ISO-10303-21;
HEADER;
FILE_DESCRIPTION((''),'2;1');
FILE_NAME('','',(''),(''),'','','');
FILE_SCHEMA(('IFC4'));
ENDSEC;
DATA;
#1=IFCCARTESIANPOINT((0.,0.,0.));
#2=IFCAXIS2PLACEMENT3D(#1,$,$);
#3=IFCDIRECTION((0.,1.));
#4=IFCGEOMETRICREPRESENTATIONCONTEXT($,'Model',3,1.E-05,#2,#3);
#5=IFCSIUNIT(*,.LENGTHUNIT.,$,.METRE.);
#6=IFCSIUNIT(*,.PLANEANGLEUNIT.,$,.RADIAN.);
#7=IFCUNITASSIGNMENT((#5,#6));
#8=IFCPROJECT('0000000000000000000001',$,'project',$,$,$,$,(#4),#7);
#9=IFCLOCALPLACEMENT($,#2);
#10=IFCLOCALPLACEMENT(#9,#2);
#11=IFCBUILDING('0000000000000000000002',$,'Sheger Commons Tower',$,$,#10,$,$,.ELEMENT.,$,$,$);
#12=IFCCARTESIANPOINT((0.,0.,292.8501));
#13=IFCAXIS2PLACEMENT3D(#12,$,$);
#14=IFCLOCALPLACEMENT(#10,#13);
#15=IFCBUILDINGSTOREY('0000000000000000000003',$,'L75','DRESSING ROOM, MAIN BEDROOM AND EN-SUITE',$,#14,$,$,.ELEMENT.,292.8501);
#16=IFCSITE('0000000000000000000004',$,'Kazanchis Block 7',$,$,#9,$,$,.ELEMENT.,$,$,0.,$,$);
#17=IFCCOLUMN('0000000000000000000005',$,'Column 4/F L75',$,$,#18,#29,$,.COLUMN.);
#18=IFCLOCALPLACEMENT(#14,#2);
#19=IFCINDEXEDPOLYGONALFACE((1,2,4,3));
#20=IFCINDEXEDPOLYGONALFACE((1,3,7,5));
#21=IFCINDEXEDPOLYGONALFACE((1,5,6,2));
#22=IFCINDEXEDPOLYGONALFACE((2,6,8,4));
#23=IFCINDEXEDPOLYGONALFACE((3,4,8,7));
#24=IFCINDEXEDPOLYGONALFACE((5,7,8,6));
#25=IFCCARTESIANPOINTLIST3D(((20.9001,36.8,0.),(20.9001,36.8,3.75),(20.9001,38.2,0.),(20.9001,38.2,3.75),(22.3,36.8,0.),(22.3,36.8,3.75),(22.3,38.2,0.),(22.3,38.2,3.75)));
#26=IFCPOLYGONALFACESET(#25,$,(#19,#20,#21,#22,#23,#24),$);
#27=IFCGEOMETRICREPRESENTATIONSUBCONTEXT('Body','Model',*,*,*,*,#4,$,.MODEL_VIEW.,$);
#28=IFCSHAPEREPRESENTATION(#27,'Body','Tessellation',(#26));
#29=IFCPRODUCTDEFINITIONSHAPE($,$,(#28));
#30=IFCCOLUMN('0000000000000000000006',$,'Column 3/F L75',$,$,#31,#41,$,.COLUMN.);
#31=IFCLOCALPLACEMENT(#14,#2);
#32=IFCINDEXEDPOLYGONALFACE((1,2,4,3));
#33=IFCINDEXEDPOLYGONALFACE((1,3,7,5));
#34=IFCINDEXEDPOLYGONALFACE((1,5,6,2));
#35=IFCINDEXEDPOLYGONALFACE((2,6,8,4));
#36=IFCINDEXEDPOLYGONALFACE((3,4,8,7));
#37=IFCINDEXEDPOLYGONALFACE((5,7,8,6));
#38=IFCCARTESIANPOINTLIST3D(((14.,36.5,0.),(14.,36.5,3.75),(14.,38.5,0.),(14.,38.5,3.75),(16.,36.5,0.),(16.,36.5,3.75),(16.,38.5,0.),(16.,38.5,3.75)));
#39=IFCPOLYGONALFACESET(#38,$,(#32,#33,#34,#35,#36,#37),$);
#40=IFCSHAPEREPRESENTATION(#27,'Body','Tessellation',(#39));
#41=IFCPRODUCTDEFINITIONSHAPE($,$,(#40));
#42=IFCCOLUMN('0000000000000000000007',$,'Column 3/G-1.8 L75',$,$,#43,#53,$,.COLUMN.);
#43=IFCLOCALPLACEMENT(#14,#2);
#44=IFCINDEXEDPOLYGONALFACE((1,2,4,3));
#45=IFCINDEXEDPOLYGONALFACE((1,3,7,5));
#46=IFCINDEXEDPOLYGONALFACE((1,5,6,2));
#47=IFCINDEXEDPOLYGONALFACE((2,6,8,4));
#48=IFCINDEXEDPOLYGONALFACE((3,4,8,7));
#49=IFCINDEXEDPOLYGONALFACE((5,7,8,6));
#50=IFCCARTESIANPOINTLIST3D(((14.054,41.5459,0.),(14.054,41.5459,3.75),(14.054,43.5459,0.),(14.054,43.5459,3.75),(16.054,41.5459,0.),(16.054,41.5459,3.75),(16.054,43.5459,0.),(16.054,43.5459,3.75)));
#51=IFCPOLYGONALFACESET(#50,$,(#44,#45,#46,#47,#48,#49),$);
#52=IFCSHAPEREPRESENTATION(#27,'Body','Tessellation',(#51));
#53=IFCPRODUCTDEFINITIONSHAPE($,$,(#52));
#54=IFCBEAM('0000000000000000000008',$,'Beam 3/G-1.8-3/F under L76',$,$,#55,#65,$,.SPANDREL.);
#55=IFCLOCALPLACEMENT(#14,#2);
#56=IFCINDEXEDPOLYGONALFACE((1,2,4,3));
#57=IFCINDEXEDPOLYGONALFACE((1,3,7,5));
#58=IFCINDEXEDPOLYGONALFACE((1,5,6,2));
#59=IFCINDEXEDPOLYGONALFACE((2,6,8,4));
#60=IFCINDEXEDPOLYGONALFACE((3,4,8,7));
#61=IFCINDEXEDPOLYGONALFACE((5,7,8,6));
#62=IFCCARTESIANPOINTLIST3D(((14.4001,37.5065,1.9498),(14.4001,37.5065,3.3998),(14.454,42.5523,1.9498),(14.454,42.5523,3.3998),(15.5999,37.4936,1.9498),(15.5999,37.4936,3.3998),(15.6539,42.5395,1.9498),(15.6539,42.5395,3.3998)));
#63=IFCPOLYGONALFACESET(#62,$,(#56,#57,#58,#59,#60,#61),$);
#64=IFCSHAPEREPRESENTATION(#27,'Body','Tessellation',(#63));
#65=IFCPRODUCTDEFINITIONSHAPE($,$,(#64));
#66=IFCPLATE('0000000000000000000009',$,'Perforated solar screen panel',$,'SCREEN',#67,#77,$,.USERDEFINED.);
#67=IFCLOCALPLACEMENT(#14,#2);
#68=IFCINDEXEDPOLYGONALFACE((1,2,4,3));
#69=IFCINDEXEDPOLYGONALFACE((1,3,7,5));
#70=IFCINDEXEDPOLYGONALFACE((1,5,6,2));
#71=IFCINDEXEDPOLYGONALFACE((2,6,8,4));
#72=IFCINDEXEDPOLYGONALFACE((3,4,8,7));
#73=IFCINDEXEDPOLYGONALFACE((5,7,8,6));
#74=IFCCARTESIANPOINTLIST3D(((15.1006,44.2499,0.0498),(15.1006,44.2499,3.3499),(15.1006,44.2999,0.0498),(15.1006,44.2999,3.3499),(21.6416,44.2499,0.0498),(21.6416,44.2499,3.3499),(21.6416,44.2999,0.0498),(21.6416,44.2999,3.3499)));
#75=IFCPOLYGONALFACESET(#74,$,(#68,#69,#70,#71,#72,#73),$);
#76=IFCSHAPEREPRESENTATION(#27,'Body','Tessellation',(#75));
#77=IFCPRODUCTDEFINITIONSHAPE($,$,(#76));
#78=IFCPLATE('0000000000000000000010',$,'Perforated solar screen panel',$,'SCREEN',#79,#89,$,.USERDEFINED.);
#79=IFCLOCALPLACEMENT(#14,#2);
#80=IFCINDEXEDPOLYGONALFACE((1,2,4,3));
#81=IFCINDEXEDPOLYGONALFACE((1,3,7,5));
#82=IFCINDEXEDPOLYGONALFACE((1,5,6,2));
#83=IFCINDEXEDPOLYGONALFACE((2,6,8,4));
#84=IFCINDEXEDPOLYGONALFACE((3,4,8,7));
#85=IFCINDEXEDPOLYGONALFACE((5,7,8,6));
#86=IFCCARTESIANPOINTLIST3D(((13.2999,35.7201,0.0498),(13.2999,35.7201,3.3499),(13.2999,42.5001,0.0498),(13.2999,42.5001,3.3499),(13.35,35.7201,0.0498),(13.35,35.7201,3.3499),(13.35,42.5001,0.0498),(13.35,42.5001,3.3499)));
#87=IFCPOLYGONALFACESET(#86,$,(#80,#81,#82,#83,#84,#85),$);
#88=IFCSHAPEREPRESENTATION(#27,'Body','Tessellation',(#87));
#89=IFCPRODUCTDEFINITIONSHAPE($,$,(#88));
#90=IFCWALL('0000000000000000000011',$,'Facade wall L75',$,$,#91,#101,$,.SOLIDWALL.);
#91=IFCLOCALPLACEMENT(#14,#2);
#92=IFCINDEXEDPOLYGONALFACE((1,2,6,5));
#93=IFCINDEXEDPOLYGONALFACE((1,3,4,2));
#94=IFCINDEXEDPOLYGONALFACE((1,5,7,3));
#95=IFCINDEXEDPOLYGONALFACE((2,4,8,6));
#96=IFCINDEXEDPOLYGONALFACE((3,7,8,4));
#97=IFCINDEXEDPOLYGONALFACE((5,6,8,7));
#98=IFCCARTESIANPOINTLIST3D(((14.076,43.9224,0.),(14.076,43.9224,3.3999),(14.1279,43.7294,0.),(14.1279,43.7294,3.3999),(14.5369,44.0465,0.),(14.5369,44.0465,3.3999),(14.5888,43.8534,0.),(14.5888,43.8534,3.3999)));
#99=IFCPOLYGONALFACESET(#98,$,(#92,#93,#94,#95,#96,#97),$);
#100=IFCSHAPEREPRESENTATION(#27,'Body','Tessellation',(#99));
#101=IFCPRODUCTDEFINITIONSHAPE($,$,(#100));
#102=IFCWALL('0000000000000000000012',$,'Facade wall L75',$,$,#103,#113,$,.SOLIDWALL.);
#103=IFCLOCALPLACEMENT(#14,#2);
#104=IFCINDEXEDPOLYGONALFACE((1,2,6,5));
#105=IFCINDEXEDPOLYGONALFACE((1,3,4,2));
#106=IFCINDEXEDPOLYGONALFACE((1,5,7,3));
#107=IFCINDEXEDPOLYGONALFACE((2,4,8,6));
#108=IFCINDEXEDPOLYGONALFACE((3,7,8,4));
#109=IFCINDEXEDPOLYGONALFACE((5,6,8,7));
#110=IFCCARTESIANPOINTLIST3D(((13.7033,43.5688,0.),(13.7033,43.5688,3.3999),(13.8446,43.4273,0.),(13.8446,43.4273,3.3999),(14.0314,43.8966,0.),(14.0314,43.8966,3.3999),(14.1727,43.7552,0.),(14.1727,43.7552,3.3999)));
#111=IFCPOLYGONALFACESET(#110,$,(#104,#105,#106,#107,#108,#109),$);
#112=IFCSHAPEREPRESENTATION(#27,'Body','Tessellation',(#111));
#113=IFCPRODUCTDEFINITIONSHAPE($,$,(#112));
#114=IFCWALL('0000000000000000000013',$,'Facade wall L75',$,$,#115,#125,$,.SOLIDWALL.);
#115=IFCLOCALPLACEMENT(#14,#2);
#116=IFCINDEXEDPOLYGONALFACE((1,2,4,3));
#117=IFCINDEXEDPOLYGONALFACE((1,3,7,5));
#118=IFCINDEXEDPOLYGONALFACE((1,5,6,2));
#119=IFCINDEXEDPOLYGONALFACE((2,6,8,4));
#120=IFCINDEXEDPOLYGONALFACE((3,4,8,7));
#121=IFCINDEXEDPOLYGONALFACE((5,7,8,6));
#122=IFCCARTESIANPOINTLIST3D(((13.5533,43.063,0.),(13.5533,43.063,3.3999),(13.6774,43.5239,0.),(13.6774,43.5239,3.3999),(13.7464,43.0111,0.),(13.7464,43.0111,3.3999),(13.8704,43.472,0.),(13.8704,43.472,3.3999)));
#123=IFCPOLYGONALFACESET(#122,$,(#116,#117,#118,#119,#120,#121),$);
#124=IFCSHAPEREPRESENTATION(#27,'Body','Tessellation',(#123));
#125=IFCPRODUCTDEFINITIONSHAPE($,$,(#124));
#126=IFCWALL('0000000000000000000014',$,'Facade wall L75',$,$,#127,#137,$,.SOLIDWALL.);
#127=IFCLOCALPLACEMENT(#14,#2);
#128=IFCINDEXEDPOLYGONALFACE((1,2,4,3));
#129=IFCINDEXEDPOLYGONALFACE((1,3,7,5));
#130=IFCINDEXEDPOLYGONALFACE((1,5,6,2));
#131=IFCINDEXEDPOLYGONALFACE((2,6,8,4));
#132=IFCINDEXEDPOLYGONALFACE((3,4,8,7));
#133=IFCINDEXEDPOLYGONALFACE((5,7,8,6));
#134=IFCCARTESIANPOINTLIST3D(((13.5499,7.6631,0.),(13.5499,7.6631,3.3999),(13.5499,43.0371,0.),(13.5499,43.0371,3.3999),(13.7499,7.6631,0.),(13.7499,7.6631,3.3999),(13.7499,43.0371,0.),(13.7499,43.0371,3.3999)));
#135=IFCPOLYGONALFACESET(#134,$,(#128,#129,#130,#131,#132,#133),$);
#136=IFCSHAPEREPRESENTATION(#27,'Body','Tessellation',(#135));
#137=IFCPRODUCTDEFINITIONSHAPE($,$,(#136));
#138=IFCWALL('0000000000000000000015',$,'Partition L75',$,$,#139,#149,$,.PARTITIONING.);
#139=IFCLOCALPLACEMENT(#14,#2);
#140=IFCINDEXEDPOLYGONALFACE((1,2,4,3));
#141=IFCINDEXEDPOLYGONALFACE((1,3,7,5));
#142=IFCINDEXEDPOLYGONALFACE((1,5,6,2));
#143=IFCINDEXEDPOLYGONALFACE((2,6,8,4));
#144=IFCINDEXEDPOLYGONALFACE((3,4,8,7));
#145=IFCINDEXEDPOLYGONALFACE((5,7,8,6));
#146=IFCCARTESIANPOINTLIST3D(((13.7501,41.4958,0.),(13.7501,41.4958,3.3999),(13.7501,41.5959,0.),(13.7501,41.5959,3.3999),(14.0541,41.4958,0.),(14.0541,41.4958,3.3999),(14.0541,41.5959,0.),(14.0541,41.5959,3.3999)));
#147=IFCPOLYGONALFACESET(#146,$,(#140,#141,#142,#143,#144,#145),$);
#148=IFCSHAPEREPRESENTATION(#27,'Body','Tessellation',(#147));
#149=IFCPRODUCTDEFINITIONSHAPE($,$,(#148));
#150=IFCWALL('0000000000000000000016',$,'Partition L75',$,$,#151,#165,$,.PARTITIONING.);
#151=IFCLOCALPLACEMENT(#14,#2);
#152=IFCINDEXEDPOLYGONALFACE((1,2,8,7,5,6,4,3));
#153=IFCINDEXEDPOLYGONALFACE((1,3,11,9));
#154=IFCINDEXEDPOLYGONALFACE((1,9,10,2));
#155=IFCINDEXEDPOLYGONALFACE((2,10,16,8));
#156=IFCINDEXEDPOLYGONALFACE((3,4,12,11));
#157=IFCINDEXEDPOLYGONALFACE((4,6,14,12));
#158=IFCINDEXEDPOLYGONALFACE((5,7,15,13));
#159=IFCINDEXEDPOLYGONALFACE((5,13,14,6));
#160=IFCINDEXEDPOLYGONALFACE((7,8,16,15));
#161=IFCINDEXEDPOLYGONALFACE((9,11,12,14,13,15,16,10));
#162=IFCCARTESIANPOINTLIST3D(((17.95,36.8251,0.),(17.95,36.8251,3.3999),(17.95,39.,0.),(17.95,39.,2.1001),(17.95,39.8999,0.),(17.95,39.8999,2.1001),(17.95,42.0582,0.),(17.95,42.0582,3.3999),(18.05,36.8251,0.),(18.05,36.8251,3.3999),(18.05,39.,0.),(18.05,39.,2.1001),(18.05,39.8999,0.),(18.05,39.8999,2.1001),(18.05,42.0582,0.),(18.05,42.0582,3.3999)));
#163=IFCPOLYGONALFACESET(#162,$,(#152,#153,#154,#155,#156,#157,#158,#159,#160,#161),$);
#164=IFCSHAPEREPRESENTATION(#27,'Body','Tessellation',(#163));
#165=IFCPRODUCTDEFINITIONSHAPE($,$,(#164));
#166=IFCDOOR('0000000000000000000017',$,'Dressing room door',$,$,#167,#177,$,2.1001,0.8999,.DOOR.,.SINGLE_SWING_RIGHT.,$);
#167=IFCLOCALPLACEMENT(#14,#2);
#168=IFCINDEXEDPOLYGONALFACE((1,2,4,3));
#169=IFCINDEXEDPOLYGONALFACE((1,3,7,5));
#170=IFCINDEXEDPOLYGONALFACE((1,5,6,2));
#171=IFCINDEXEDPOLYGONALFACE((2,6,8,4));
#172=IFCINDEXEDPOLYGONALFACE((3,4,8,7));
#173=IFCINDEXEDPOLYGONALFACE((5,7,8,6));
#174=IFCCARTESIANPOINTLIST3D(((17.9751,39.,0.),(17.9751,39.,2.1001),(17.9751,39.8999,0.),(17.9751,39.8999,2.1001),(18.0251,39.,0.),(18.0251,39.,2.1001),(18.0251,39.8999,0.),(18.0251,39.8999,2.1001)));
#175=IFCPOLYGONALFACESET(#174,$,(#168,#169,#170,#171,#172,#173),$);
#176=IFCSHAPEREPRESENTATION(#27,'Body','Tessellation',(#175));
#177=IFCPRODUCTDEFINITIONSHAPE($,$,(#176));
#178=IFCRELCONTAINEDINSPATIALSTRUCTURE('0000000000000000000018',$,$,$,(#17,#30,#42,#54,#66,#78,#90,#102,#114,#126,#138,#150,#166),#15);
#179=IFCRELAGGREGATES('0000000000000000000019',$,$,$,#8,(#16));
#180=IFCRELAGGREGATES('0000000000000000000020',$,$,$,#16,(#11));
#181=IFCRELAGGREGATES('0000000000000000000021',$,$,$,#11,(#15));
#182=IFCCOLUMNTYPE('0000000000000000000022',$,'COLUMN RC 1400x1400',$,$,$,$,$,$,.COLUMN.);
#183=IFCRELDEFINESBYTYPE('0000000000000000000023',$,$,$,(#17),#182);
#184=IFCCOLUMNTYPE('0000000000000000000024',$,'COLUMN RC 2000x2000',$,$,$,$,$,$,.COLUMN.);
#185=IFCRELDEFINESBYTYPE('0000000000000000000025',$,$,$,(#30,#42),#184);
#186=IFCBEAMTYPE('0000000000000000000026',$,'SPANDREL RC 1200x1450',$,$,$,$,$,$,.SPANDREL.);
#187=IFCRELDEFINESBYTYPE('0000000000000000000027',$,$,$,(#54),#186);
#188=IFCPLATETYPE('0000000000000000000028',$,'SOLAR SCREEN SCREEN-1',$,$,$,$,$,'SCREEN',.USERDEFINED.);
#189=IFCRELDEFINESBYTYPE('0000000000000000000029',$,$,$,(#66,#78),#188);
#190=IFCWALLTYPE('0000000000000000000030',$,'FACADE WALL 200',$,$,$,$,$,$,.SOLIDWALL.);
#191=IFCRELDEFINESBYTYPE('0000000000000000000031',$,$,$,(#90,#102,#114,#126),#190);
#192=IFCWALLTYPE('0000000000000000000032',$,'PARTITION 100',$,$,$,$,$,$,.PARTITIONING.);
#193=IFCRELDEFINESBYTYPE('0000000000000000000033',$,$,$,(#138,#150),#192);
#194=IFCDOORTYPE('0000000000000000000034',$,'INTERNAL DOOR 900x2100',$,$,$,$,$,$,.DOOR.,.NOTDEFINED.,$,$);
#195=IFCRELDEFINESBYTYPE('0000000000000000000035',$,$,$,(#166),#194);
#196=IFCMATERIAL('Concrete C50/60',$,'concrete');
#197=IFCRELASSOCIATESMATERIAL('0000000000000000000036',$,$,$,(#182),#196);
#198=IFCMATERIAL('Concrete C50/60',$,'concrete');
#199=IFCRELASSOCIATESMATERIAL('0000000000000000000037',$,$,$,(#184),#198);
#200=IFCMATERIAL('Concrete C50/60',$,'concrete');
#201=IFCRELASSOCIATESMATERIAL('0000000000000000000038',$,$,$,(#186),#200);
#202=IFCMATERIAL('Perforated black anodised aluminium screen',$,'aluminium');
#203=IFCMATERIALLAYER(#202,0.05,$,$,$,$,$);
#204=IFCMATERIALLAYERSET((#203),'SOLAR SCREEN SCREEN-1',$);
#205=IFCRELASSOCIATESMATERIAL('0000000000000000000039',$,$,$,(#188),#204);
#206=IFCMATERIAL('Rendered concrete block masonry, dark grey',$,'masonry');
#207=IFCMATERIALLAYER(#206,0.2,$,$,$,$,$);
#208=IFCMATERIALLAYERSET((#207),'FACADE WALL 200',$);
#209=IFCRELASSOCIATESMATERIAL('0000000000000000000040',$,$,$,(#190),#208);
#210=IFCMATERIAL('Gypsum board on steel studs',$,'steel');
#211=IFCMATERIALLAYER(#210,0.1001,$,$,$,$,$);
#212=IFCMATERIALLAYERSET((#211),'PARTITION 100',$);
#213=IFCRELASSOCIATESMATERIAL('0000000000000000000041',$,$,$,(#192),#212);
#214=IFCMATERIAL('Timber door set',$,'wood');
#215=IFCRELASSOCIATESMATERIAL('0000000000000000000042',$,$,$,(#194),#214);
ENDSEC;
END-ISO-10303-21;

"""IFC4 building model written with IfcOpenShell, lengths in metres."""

from ifc_helpers import new_model, si_unit, direction, frame, frame_2d, origin, origin_2d, place, context, subcontext, project, spatial, rectangle, extrude, material, layer, layer_set, material_profile, profile_set, type_object, element, fill, save


model = new_model("IFC4")

# Units and contexts
model_context = context("Model", 3, precision=1e-05, world=origin(), true_north=direction((0.0, 1.0)))
body_context = subcontext(model_context, "Body", "Model", "MODEL_VIEW")
ifc_project = project(units=[si_unit("LENGTHUNIT", "METRE"), si_unit("PLANEANGLEUNIT", "RADIAN")], contexts=[model_context])

# Site, building, storey
site_placement = place(None, origin())
site = spatial("IfcSite", under=ifc_project, at=site_placement, Name="Kazanchis Block 7", CompositionType="ELEMENT", RefElevation=0.0)
building_placement = place(site_placement, origin())
building = spatial("IfcBuilding", under=site, at=building_placement, Name="Sheger Commons Tower", CompositionType="ELEMENT")
storey_placement = place(building_placement, frame((0.0, 0.0, 292.8501)))
storey = spatial("IfcBuildingStorey", under=building, at=storey_placement, Name="L75", Description="DRESSING ROOM, MAIN BEDROOM AND EN-SUITE", CompositionType="ELEMENT", Elevation=292.8501)

# Columns
ifc_material_1 = material(Name="Concrete C50/60", Category="concrete")
ifc_material_profile_1 = material_profile(ifc_material_1, rectangle(XDim=1.3999, YDim=1.3999, at=origin_2d()), Name="RC 1400x1400")
ifc_profile_set_1 = profile_set([ifc_material_profile_1], Name="Concrete C50/60")
column_type_1 = type_object("IfcColumnType", Name="COLUMN RC 1400x1400", PredefinedType="COLUMN", material=ifc_profile_set_1)
column_placement = place(storey_placement, frame((21.6001, 37.5, 0.0), z_axis=(0.0, 0.0, 1.0), x_axis=(1.0, 0.0, 0.0)))
element("IfcColumn", 1, at=column_placement, inside=storey, type_object=column_type_1, Name="Column 4/F L75", PredefinedType="COLUMN", context=body_context, shape_type="SweptSolid", body=[
    extrude(rectangle(XDim=1.3999, YDim=1.3999, at=origin_2d()), origin(), (0.0, 0.0, 1.0), 3.75),
])
ifc_material_2 = material(Name="Concrete C50/60", Category="concrete")
ifc_material_profile_2 = material_profile(ifc_material_2, rectangle(XDim=2.0, YDim=2.0, at=origin_2d()), Name="RC 2000x2000")
ifc_profile_set_2 = profile_set([ifc_material_profile_2], Name="Concrete C50/60")
column_type_2 = type_object("IfcColumnType", Name="COLUMN RC 2000x2000", PredefinedType="COLUMN", material=ifc_profile_set_2)
for number, where, z_axis, x_axis, name in (
    (2, (15.0, 37.5, 0.0), (0.0, 0.0, 1.0), (1.0, 0.0, 0.0), "Column 3/F L75"),
    (3, (15.054, 42.5459, 0.0), (0.0, 0.0, 1.0), (1.0, 0.0, 0.0), "Column 3/G-1.8 L75"),
):
    element("IfcColumn", number, at=place(storey_placement, frame(where, z_axis=z_axis, x_axis=x_axis)), inside=storey, type_object=column_type_2, Name=name, PredefinedType="COLUMN", context=body_context, shape_type="SweptSolid", body=[
        extrude(rectangle(XDim=2.0, YDim=2.0, at=origin_2d()), origin(), (0.0, 0.0, 1.0), 3.75),
    ])

# Beam
ifc_material_3 = material(Name="Concrete C50/60", Category="concrete")
ifc_material_profile_3 = material_profile(ifc_material_3, rectangle(XDim=1.2, YDim=1.45, at=origin_2d()), Name="RC 1200x1450")
ifc_profile_set_3 = profile_set([ifc_material_profile_3], Name="Concrete C50/60")
beam_type = type_object("IfcBeamType", Name="SPANDREL RC 1200x1450", PredefinedType="SPANDREL", material=ifc_profile_set_3)
beam_placement = place(storey_placement, frame((15.054, 42.5459, 2.6748), z_axis=(-0.010692, -0.999943, 0.0), x_axis=(0.999943, -0.010692, 0.0)))
element("IfcBeam", 4, at=beam_placement, inside=storey, type_object=beam_type, Name="Beam 3/G-1.8-3/F under L76", PredefinedType="SPANDREL", context=body_context, shape_type="SweptSolid", body=[
    extrude(rectangle(XDim=1.2, YDim=1.45, at=origin_2d()), origin(), (0.0, 0.0, 1.0), 5.0461),
])

# Plates
ifc_material_4 = material(Name="Perforated black anodised aluminium screen", Category="aluminium")
ifc_layer_1 = layer(ifc_material_4, 0.05)
ifc_layer_set_1 = layer_set([ifc_layer_1], Name="SOLAR SCREEN SCREEN-1")
plate_type = type_object("IfcPlateType", Name="SOLAR SCREEN SCREEN-1", ElementType="SCREEN", PredefinedType="USERDEFINED", material=ifc_layer_set_1)
plate_1_placement = place(storey_placement, frame((18.3711, 44.2749, 0.0498), z_axis=(0.0, 0.0, 1.0), x_axis=(-1.0, 0.0, 0.0)))
element("IfcPlate", 5, at=plate_1_placement, inside=storey, type_object=plate_type, Name="Perforated solar screen panel", ObjectType="SCREEN", PredefinedType="USERDEFINED", context=body_context, shape_type="SweptSolid", body=[
    extrude(rectangle(XDim=6.541, YDim=0.05, at=origin_2d()), origin(), (0.0, 0.0, 1.0), 3.3),
])
plate_2_placement = place(storey_placement, frame((13.325, 39.1101, 0.0498), z_axis=(0.0, 0.0, 1.0), x_axis=(0.0, -1.0, 0.0)))
element("IfcPlate", 6, at=plate_2_placement, inside=storey, type_object=plate_type, Name="Perforated solar screen panel", ObjectType="SCREEN", PredefinedType="USERDEFINED", context=body_context, shape_type="SweptSolid", body=[
    extrude(rectangle(XDim=6.78, YDim=0.05, at=origin_2d()), origin(), (0.0, 0.0, 1.0), 3.3),
])

# Walls
ifc_material_5 = material(Name="Rendered concrete block masonry, dark grey", Category="masonry")
ifc_layer_2 = layer(ifc_material_5, 0.2)
ifc_layer_set_2 = layer_set([ifc_layer_2], Name="FACADE WALL 200")
wall_type_1 = type_object("IfcWallType", Name="FACADE WALL 200", PredefinedType="SOLIDWALL", material=ifc_layer_set_2)
wall_1_placement = place(storey_placement, frame((14.563, 43.95, 0.0), z_axis=(0.0, 0.0, 1.0), x_axis=(-0.965655, -0.259827, 0.0)))
element("IfcWall", 7, at=wall_1_placement, inside=storey, type_object=wall_type_1, Name="Facade wall L75", PredefinedType="SOLIDWALL", context=body_context, shape_type="SweptSolid", body=[
    extrude(rectangle(XDim=0.4773, YDim=0.2, at=frame_2d((0.2388, 0.0))), origin(), (0.0, 0.0, 1.0), 3.3999),
])
wall_2_placement = place(storey_placement, frame((14.1021, 43.8259, 0.0), z_axis=(0.0, 0.0, 1.0), x_axis=(-0.70737, -0.706844, 0.0)))
element("IfcWall", 8, at=wall_2_placement, inside=storey, type_object=wall_type_1, Name="Facade wall L75", PredefinedType="SOLIDWALL", context=body_context, shape_type="SweptSolid", body=[
    extrude(rectangle(XDim=0.4639, YDim=0.2, at=frame_2d((0.2319, 0.0))), origin(), (0.0, 0.0, 1.0), 3.3999),
])
wall_3_placement = place(storey_placement, frame((13.7739, 43.498, 0.0), z_axis=(0.0, 0.0, 1.0), x_axis=(-0.259827, -0.965655, 0.0)))
element("IfcWall", 9, at=wall_3_placement, inside=storey, type_object=wall_type_1, Name="Facade wall L75", PredefinedType="SOLIDWALL", context=body_context, shape_type="SweptSolid", body=[
    extrude(rectangle(XDim=0.4773, YDim=0.2, at=frame_2d((0.2388, 0.0))), origin(), (0.0, 0.0, 1.0), 3.3999),
])
wall_4_placement = place(storey_placement, frame((13.6499, 43.0371, 0.0), z_axis=(0.0, 0.0, 1.0), x_axis=(0.0, -1.0, 0.0)))
element("IfcWall", 10, at=wall_4_placement, inside=storey, type_object=wall_type_1, Name="Facade wall L75", PredefinedType="SOLIDWALL", context=body_context, shape_type="SweptSolid", body=[
    extrude(rectangle(XDim=35.374, YDim=0.2, at=frame_2d((17.687, 0.0))), origin(), (0.0, 0.0, 1.0), 3.3999),
])
ifc_material_6 = material(Name="Gypsum board on steel studs", Category="steel")
ifc_layer_3 = layer(ifc_material_6, 0.1001)
ifc_layer_set_3 = layer_set([ifc_layer_3], Name="PARTITION 100")
wall_type_2 = type_object("IfcWallType", Name="PARTITION 100", PredefinedType="PARTITIONING", material=ifc_layer_set_3)
wall_5_placement = place(storey_placement, frame((14.054, 41.5459, 0.0), z_axis=(0.0, 0.0, 1.0), x_axis=(-1.0, 0.0, 0.0)))
element("IfcWall", 11, at=wall_5_placement, inside=storey, type_object=wall_type_2, Name="Partition L75", PredefinedType="PARTITIONING", context=body_context, shape_type="SweptSolid", body=[
    extrude(rectangle(XDim=0.304, YDim=0.1001, at=frame_2d((0.1519, 0.0))), origin(), (0.0, 0.0, 1.0), 3.3999),
])

# Wall, opening, door
wall_6_placement = place(storey_placement, frame((18.0, 36.825, 0.0), z_axis=(0.0, 0.0, 1.0), x_axis=(0.0, 1.0, 0.0)))
wall_6 = element("IfcWall", 12, at=wall_6_placement, inside=storey, type_object=wall_type_2, Name="Partition L75", PredefinedType="PARTITIONING", context=body_context, shape_type="SweptSolid", body=[
    extrude(rectangle(XDim=5.2332, YDim=0.1001, at=frame_2d((2.6167, 0.0))), origin(), (0.0, 0.0, 1.0), 3.3999),
])
opening_1_placement = place(wall_6_placement, frame((2.175, 0.0, 0.0)))
opening_1 = element("IfcOpeningElement", 13, at=opening_1_placement, cuts=wall_6, PredefinedType="OPENING", context=body_context, shape_type="SweptSolid", body=[
    extrude(rectangle(XDim=0.8999, YDim=2.1001, at=frame_2d((0.45, 1.05))), frame((0.0, 0.0601, 0.0), z_axis=(0.0, -1.0, 0.0), x_axis=(1.0, 0.0, 0.0)), (0.0, 0.0, 1.0), 0.1201),
])
ifc_material_7 = material(Name="Timber door set", Category="wood")
door_type = type_object("IfcDoorType", Name="INTERNAL DOOR 900x2100", OperationType="NOTDEFINED", PredefinedType="DOOR", material=ifc_material_7)
door_1_placement = place(opening_1_placement, origin())
door_1 = element("IfcDoor", 14, at=door_1_placement, inside=storey, type_object=door_type, Name="Dressing room door", OperationType="SINGLE_SWING_RIGHT", OverallHeight=2.1001, OverallWidth=0.8999, PredefinedType="DOOR", context=body_context, shape_type="SweptSolid", body=[
    extrude(rectangle(XDim=0.8999, YDim=2.1001, at=frame_2d((0.45, 1.05))), frame((0.0, 0.0249, 0.0), z_axis=(0.0, -1.0, 0.0), x_axis=(1.0, 0.0, 0.0)), (0.0, 0.0, 1.0), 0.05),
])
fill(opening_1, door_1)

save(model, "model.ifc")
